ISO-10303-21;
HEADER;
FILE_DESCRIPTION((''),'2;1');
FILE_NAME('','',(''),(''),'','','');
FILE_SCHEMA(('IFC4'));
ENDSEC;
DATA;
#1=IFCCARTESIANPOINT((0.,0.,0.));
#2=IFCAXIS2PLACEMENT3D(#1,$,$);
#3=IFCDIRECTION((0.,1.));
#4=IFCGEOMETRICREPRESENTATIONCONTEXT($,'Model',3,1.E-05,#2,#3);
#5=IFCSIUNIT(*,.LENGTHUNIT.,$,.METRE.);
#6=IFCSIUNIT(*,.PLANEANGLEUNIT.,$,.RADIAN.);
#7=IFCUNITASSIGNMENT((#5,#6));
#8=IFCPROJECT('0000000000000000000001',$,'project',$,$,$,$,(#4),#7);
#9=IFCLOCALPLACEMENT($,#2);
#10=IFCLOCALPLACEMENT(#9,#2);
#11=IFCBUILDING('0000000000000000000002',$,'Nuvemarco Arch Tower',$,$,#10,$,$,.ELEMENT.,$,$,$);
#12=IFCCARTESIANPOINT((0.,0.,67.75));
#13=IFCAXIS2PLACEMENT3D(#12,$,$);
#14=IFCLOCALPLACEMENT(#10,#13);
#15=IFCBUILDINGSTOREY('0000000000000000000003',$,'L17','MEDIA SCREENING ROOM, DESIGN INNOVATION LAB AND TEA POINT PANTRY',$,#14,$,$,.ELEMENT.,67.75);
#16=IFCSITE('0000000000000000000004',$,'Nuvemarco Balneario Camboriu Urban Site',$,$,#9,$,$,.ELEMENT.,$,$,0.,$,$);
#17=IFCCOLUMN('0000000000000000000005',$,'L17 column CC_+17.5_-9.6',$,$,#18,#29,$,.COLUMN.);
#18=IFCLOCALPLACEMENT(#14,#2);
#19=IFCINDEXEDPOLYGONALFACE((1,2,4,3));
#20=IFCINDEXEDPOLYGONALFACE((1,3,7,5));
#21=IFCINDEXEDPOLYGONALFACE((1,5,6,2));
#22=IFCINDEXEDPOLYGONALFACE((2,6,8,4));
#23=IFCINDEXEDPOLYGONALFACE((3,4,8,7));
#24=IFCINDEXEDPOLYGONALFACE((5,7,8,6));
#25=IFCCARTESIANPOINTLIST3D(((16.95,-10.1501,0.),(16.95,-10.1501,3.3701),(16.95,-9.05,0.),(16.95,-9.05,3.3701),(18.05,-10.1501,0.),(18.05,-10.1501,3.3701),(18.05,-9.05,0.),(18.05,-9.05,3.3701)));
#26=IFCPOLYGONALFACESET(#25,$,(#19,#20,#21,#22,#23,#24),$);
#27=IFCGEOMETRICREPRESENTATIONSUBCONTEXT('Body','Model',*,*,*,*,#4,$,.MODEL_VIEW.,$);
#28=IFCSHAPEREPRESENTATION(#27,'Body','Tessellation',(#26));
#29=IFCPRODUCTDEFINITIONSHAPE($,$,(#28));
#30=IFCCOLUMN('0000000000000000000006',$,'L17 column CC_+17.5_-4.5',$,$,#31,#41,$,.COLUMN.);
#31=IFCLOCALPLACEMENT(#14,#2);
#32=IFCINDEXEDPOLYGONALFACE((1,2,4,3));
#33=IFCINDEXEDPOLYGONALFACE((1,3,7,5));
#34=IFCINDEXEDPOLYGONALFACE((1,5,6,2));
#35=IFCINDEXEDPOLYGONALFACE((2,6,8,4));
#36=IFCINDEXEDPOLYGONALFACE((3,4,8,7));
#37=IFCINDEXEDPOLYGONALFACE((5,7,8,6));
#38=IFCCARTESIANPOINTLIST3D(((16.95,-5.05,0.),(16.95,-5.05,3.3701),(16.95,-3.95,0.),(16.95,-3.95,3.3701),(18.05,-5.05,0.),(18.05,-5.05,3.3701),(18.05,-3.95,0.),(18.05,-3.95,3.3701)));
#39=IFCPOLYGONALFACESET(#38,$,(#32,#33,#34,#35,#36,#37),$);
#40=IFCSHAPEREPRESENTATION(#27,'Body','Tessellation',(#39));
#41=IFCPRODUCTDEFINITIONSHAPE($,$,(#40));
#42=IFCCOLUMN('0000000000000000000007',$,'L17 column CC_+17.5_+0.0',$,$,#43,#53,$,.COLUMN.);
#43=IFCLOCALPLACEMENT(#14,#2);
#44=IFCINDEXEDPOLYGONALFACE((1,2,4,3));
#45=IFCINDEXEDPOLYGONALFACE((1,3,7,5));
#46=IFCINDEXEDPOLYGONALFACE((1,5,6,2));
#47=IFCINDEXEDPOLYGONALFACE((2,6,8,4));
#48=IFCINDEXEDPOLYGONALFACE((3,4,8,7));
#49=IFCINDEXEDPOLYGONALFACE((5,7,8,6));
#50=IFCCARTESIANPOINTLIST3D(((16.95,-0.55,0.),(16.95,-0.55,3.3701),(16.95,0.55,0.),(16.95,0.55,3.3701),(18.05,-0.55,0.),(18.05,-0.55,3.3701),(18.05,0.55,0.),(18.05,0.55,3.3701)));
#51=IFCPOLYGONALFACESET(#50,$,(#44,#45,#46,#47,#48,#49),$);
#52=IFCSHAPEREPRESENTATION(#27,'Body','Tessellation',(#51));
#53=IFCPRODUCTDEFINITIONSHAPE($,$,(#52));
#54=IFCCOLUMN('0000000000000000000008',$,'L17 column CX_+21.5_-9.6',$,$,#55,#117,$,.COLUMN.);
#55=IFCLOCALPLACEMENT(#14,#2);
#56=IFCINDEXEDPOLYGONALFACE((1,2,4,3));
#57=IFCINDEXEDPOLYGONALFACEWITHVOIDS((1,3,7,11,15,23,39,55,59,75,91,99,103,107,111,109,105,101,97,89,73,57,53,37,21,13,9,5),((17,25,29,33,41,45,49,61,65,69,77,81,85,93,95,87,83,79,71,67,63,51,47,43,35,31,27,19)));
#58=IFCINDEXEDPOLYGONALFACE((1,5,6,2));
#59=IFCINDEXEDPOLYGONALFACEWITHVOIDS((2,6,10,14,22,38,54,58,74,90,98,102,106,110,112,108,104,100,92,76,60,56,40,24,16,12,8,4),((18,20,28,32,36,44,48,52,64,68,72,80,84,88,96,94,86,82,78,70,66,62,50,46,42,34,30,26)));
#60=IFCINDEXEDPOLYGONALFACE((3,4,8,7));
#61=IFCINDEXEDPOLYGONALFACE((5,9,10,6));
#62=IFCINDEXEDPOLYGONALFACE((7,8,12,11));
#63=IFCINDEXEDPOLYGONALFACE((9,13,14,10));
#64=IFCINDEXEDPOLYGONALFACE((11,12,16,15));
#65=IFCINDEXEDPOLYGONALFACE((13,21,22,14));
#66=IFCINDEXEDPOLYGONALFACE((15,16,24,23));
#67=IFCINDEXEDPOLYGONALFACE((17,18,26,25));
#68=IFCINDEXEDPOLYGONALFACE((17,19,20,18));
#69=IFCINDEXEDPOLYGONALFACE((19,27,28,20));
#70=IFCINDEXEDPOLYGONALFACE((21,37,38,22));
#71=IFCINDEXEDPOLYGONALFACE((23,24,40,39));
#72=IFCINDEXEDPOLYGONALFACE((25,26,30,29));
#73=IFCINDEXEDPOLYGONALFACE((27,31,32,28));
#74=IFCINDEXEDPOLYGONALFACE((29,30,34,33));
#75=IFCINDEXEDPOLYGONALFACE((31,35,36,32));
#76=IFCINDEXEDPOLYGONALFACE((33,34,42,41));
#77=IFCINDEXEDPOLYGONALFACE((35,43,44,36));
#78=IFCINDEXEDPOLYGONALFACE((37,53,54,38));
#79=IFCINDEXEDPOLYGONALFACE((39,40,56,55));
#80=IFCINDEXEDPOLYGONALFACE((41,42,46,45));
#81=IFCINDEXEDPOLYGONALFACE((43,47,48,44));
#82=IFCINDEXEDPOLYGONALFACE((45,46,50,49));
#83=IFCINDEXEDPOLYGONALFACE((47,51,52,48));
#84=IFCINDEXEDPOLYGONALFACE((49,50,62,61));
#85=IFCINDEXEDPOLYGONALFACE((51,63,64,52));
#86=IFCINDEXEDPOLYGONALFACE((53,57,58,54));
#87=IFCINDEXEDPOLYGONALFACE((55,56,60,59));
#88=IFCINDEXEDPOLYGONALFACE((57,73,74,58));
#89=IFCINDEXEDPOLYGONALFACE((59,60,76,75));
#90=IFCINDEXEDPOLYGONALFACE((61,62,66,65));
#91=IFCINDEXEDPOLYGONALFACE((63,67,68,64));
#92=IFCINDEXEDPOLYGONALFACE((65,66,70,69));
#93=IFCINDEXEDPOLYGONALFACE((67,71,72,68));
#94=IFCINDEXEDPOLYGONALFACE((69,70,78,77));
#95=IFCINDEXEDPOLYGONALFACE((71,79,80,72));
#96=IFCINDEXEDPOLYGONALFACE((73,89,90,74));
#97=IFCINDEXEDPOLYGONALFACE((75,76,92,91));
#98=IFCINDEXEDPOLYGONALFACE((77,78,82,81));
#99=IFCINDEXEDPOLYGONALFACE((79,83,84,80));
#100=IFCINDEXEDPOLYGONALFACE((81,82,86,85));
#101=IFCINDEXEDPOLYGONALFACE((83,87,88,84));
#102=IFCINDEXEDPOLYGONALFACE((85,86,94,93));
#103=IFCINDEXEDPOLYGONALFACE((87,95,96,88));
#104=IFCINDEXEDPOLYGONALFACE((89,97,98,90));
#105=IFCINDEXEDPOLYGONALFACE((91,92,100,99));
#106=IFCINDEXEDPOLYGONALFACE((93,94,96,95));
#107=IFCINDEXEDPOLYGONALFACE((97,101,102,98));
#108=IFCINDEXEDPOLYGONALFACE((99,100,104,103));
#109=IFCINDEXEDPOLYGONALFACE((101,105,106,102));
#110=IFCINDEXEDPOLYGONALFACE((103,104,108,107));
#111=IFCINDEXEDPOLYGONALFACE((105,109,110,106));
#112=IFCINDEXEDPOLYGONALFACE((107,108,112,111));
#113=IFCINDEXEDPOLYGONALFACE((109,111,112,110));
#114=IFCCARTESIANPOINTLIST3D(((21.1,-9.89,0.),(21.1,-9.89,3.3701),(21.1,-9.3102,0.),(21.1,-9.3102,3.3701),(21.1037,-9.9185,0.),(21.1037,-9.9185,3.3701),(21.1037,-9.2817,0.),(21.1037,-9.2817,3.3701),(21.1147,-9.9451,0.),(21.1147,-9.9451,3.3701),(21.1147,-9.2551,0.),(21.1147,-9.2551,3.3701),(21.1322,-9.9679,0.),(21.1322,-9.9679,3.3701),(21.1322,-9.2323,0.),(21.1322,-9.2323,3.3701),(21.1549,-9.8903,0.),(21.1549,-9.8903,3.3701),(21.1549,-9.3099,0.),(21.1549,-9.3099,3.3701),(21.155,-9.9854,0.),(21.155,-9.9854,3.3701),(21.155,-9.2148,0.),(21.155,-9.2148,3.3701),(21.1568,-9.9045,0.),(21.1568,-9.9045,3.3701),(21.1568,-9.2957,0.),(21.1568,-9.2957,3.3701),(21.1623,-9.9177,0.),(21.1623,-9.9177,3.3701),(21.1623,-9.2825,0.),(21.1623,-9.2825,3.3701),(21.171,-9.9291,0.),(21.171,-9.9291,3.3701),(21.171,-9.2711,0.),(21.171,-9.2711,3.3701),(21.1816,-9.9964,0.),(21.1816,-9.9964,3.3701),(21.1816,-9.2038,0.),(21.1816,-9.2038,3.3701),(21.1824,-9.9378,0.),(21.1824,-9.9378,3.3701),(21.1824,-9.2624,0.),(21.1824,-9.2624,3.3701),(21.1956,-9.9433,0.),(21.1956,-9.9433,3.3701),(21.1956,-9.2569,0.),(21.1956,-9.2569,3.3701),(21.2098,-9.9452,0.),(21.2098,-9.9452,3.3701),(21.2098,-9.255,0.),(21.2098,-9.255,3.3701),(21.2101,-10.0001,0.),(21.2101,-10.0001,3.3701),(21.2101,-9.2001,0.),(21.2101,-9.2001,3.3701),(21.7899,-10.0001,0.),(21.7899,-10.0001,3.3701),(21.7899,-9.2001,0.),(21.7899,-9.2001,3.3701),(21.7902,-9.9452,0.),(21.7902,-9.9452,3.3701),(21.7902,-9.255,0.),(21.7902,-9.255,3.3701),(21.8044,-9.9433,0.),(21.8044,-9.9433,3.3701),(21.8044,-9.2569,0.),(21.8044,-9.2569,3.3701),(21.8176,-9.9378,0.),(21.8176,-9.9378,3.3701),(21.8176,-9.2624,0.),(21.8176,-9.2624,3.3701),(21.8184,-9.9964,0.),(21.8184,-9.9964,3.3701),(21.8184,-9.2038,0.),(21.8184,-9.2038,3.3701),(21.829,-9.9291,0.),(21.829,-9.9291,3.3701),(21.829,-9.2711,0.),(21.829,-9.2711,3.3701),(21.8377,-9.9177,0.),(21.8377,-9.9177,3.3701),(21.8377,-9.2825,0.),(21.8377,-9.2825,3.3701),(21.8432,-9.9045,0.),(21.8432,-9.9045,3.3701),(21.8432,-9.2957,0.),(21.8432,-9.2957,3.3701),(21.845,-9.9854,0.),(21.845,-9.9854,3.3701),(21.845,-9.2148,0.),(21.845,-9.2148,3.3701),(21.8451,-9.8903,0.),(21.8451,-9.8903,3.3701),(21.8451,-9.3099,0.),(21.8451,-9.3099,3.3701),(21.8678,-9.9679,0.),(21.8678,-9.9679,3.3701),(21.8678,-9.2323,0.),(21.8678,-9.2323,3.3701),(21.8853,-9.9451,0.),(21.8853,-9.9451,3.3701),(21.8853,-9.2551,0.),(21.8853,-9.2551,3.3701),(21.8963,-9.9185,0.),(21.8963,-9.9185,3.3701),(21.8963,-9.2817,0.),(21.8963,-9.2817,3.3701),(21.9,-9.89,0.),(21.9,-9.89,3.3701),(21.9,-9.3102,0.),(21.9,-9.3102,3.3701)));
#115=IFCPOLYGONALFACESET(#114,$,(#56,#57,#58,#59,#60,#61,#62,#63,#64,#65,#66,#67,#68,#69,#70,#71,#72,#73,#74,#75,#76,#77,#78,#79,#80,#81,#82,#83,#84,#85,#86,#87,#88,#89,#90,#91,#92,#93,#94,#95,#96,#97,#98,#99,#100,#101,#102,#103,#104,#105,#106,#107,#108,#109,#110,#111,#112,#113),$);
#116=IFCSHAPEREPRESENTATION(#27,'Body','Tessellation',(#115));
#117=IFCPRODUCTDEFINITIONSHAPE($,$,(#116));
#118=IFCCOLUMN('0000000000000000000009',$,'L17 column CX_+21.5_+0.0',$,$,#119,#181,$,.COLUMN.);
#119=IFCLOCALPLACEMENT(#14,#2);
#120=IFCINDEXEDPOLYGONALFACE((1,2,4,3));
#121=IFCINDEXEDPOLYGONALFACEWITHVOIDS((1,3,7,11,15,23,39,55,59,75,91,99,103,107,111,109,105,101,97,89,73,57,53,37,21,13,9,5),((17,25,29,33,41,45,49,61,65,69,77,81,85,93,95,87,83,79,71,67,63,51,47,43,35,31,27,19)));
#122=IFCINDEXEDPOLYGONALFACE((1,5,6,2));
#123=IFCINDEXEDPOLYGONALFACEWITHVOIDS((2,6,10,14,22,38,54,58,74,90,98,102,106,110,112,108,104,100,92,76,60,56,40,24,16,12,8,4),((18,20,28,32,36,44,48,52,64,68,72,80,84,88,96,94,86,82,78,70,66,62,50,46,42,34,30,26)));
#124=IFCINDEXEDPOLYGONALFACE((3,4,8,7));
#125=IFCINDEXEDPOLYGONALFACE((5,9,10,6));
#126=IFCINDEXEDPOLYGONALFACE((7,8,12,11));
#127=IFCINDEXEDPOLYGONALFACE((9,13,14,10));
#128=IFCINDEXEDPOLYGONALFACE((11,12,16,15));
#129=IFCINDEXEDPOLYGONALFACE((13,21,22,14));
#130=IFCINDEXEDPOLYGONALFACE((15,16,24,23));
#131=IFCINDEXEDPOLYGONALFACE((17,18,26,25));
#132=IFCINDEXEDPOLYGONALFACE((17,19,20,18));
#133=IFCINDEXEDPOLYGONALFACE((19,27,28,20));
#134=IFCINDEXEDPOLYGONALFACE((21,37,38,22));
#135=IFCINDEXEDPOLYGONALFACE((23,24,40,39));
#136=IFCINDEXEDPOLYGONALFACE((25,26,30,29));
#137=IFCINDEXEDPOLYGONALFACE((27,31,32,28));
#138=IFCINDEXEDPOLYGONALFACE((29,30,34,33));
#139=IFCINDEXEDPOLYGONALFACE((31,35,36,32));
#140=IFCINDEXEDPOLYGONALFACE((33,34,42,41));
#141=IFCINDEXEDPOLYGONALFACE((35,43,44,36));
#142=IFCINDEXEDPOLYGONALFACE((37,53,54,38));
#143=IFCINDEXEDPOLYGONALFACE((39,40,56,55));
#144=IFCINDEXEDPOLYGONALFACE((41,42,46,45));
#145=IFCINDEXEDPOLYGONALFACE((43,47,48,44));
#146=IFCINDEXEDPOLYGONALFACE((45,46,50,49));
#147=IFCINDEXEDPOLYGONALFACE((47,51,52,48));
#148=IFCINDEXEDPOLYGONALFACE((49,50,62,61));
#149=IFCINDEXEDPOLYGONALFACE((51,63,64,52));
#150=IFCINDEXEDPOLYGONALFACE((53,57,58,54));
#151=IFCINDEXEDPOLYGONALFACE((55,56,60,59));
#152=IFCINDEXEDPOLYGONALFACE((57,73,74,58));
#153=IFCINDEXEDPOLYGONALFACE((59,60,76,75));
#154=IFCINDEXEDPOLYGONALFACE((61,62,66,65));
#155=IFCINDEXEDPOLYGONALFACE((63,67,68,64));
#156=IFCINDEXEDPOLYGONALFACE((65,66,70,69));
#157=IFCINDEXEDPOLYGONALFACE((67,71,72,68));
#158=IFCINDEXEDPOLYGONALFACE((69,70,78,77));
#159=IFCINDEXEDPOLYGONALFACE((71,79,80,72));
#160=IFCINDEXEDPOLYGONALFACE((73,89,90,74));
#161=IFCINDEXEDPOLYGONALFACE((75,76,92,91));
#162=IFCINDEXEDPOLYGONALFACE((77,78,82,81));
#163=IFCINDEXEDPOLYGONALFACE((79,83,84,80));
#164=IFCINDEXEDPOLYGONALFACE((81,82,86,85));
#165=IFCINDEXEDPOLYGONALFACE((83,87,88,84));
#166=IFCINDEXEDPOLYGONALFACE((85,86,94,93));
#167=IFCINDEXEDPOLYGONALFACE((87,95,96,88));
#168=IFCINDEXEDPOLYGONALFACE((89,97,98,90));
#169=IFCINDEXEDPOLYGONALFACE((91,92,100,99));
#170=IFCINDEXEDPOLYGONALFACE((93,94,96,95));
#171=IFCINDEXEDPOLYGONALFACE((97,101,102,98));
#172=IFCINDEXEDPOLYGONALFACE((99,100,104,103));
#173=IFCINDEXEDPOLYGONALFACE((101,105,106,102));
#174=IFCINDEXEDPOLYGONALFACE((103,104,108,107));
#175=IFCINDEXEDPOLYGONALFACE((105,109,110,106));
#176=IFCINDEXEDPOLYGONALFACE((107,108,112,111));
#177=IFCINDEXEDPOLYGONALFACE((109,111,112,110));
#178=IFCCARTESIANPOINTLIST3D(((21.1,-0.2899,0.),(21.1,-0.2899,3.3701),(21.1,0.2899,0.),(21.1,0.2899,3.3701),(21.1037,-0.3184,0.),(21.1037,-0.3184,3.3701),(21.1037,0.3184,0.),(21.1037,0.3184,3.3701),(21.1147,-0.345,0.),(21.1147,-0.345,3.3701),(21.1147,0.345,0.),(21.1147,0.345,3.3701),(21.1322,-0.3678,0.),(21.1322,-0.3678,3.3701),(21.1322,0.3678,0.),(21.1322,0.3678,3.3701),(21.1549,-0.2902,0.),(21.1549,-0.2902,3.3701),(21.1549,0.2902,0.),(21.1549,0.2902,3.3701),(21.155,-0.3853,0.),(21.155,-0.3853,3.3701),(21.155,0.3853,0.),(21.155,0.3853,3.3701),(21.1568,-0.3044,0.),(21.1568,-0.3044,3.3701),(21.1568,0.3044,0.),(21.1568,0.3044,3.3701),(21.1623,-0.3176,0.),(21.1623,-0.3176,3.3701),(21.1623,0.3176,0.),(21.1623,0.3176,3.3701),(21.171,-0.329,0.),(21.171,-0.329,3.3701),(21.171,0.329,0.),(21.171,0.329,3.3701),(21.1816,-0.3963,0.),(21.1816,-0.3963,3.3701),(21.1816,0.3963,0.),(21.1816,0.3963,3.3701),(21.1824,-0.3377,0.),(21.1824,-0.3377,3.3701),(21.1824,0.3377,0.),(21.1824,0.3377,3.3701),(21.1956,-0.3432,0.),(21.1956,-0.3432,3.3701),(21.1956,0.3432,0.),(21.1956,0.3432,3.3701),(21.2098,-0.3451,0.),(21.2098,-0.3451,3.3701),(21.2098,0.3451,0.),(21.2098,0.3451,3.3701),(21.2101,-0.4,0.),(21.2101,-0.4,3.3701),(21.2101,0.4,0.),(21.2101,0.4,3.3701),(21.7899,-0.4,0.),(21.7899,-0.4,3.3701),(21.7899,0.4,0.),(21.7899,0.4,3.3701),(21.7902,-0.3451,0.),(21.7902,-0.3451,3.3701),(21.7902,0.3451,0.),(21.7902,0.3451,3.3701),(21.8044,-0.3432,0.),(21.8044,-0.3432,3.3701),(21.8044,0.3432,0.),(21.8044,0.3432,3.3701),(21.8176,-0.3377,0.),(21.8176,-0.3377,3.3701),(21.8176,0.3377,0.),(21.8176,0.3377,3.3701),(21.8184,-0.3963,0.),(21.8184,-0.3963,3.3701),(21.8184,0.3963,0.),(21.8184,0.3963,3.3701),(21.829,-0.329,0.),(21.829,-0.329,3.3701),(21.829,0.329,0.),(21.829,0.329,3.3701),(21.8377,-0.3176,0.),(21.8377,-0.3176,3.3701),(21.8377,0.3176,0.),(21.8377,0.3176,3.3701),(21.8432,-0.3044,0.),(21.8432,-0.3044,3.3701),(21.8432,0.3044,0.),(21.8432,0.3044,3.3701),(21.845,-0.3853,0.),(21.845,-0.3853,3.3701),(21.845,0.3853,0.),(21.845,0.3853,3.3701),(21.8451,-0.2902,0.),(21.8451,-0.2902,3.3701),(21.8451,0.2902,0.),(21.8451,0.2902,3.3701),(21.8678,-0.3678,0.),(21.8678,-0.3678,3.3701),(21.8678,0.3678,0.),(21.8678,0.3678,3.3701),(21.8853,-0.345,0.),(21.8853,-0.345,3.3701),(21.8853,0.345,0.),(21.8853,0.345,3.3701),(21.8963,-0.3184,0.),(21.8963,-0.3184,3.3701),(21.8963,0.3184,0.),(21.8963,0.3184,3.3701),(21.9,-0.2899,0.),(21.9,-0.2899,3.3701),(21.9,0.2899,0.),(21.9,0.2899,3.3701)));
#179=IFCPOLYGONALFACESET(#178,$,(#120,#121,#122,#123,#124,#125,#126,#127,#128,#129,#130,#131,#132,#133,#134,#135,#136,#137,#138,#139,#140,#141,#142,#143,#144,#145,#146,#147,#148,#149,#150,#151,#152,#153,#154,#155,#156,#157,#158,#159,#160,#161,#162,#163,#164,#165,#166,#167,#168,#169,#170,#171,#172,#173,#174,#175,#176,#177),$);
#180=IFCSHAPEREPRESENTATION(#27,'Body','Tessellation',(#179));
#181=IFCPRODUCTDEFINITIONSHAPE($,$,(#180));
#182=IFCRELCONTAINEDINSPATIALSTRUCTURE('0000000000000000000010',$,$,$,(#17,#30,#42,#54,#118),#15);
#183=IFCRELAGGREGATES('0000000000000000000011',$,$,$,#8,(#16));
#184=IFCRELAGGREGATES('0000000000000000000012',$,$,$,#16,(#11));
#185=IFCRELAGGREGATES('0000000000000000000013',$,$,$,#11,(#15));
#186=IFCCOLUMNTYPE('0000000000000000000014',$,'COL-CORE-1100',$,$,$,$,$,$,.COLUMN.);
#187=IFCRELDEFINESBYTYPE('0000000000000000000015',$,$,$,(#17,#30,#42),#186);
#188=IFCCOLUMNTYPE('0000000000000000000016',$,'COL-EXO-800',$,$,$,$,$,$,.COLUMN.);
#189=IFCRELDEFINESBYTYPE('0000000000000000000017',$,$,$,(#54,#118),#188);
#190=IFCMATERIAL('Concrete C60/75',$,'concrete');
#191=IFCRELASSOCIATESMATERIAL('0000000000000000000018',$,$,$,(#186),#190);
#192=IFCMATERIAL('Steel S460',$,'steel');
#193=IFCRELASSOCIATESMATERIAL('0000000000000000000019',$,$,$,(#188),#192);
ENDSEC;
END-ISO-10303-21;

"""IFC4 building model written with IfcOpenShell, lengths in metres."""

from ifc_helpers import new_model, si_unit, direction, frame, origin, origin_2d, place, context, subcontext, project, spatial, rectangle, hollow_rectangle, extrude, material, material_profile, profile_set, type_object, element, save


model = new_model("IFC4")

# Units and contexts
model_context = context("Model", 3, precision=1e-05, world=origin(), true_north=direction((0.0, 1.0)))
body_context = subcontext(model_context, "Body", "Model", "MODEL_VIEW")
ifc_project = project(units=[si_unit("LENGTHUNIT", "METRE"), si_unit("PLANEANGLEUNIT", "RADIAN")], contexts=[model_context])

# Site, building, storey
site_placement = place(None, origin())
site = spatial("IfcSite", under=ifc_project, at=site_placement, Name="Nuvemarco Balneario Camboriu Urban Site", CompositionType="ELEMENT", RefElevation=0.0)
building_placement = place(site_placement, origin())
building = spatial("IfcBuilding", under=site, at=building_placement, Name="Nuvemarco Arch Tower", CompositionType="ELEMENT")
storey_placement = place(building_placement, frame((0.0, 0.0, 67.75)))
storey = spatial("IfcBuildingStorey", under=building, at=storey_placement, Name="L17", Description="MEDIA SCREENING ROOM, DESIGN INNOVATION LAB AND TEA POINT PANTRY", CompositionType="ELEMENT", Elevation=67.75)

# Columns
ifc_material_1 = material(Name="Concrete C60/75", Category="concrete")
ifc_material_profile_1 = material_profile(ifc_material_1, rectangle(XDim=1.1001, YDim=1.1001, at=origin_2d()), Name="RC-COL-1100x1100")
ifc_profile_set_1 = profile_set([ifc_material_profile_1], Name="Concrete C60/75")
column_type_1 = type_object("IfcColumnType", Name="COL-CORE-1100", PredefinedType="COLUMN", material=ifc_profile_set_1)
for number, where, z_axis, x_axis, name in (
    (1, (17.5, -9.6001, 0.0), (0.0, 0.0, 1.0), (1.0, 0.0, 0.0), "L17 column CC_+17.5_-9.6"),
    (2, (17.5, -4.5, 0.0), (0.0, 0.0, 1.0), (1.0, 0.0, 0.0), "L17 column CC_+17.5_-4.5"),
    (3, (17.5, 0.0, 0.0), (0.0, 0.0, 1.0), (1.0, 0.0, 0.0), "L17 column CC_+17.5_+0.0"),
):
    element("IfcColumn", number, at=place(storey_placement, frame(where, z_axis=z_axis, x_axis=x_axis)), inside=storey, type_object=column_type_1, Name=name, PredefinedType="COLUMN", context=body_context, shape_type="SweptSolid", body=[
        extrude(rectangle(XDim=1.1001, YDim=1.1001, at=origin_2d()), origin(), (0.0, 0.0, 1.0), 3.3701),
    ])
ifc_material_2 = material(Name="Steel S460", Category="steel")
ifc_material_profile_2 = material_profile(ifc_material_2, hollow_rectangle(XDim=0.8, YDim=0.8, WallThickness=0.0549, InnerFilletRadius=0.0549, OuterFilletRadius=0.1101, at=origin_2d()), Name="SHS800x800x55")
ifc_profile_set_2 = profile_set([ifc_material_profile_2], Name="Steel S460")
column_type_2 = type_object("IfcColumnType", Name="COL-EXO-800", PredefinedType="COLUMN", material=ifc_profile_set_2)
for number, where, z_axis, x_axis, name in (
    (4, (21.5, -9.6001, 0.0), (0.0, 0.0, 1.0), (1.0, 0.0, 0.0), "L17 column CX_+21.5_-9.6"),
    (5, (21.5, 0.0, 0.0), (0.0, 0.0, 1.0), (1.0, 0.0, 0.0), "L17 column CX_+21.5_+0.0"),
):
    element("IfcColumn", number, at=place(storey_placement, frame(where, z_axis=z_axis, x_axis=x_axis)), inside=storey, type_object=column_type_2, Name=name, PredefinedType="COLUMN", context=body_context, shape_type="SweptSolid", body=[
        extrude(hollow_rectangle(XDim=0.8, YDim=0.8, WallThickness=0.0549, InnerFilletRadius=0.0549, OuterFilletRadius=0.1101, at=origin_2d()), origin(), (0.0, 0.0, 1.0), 3.3701),
    ])

save(model, "model.ifc")
